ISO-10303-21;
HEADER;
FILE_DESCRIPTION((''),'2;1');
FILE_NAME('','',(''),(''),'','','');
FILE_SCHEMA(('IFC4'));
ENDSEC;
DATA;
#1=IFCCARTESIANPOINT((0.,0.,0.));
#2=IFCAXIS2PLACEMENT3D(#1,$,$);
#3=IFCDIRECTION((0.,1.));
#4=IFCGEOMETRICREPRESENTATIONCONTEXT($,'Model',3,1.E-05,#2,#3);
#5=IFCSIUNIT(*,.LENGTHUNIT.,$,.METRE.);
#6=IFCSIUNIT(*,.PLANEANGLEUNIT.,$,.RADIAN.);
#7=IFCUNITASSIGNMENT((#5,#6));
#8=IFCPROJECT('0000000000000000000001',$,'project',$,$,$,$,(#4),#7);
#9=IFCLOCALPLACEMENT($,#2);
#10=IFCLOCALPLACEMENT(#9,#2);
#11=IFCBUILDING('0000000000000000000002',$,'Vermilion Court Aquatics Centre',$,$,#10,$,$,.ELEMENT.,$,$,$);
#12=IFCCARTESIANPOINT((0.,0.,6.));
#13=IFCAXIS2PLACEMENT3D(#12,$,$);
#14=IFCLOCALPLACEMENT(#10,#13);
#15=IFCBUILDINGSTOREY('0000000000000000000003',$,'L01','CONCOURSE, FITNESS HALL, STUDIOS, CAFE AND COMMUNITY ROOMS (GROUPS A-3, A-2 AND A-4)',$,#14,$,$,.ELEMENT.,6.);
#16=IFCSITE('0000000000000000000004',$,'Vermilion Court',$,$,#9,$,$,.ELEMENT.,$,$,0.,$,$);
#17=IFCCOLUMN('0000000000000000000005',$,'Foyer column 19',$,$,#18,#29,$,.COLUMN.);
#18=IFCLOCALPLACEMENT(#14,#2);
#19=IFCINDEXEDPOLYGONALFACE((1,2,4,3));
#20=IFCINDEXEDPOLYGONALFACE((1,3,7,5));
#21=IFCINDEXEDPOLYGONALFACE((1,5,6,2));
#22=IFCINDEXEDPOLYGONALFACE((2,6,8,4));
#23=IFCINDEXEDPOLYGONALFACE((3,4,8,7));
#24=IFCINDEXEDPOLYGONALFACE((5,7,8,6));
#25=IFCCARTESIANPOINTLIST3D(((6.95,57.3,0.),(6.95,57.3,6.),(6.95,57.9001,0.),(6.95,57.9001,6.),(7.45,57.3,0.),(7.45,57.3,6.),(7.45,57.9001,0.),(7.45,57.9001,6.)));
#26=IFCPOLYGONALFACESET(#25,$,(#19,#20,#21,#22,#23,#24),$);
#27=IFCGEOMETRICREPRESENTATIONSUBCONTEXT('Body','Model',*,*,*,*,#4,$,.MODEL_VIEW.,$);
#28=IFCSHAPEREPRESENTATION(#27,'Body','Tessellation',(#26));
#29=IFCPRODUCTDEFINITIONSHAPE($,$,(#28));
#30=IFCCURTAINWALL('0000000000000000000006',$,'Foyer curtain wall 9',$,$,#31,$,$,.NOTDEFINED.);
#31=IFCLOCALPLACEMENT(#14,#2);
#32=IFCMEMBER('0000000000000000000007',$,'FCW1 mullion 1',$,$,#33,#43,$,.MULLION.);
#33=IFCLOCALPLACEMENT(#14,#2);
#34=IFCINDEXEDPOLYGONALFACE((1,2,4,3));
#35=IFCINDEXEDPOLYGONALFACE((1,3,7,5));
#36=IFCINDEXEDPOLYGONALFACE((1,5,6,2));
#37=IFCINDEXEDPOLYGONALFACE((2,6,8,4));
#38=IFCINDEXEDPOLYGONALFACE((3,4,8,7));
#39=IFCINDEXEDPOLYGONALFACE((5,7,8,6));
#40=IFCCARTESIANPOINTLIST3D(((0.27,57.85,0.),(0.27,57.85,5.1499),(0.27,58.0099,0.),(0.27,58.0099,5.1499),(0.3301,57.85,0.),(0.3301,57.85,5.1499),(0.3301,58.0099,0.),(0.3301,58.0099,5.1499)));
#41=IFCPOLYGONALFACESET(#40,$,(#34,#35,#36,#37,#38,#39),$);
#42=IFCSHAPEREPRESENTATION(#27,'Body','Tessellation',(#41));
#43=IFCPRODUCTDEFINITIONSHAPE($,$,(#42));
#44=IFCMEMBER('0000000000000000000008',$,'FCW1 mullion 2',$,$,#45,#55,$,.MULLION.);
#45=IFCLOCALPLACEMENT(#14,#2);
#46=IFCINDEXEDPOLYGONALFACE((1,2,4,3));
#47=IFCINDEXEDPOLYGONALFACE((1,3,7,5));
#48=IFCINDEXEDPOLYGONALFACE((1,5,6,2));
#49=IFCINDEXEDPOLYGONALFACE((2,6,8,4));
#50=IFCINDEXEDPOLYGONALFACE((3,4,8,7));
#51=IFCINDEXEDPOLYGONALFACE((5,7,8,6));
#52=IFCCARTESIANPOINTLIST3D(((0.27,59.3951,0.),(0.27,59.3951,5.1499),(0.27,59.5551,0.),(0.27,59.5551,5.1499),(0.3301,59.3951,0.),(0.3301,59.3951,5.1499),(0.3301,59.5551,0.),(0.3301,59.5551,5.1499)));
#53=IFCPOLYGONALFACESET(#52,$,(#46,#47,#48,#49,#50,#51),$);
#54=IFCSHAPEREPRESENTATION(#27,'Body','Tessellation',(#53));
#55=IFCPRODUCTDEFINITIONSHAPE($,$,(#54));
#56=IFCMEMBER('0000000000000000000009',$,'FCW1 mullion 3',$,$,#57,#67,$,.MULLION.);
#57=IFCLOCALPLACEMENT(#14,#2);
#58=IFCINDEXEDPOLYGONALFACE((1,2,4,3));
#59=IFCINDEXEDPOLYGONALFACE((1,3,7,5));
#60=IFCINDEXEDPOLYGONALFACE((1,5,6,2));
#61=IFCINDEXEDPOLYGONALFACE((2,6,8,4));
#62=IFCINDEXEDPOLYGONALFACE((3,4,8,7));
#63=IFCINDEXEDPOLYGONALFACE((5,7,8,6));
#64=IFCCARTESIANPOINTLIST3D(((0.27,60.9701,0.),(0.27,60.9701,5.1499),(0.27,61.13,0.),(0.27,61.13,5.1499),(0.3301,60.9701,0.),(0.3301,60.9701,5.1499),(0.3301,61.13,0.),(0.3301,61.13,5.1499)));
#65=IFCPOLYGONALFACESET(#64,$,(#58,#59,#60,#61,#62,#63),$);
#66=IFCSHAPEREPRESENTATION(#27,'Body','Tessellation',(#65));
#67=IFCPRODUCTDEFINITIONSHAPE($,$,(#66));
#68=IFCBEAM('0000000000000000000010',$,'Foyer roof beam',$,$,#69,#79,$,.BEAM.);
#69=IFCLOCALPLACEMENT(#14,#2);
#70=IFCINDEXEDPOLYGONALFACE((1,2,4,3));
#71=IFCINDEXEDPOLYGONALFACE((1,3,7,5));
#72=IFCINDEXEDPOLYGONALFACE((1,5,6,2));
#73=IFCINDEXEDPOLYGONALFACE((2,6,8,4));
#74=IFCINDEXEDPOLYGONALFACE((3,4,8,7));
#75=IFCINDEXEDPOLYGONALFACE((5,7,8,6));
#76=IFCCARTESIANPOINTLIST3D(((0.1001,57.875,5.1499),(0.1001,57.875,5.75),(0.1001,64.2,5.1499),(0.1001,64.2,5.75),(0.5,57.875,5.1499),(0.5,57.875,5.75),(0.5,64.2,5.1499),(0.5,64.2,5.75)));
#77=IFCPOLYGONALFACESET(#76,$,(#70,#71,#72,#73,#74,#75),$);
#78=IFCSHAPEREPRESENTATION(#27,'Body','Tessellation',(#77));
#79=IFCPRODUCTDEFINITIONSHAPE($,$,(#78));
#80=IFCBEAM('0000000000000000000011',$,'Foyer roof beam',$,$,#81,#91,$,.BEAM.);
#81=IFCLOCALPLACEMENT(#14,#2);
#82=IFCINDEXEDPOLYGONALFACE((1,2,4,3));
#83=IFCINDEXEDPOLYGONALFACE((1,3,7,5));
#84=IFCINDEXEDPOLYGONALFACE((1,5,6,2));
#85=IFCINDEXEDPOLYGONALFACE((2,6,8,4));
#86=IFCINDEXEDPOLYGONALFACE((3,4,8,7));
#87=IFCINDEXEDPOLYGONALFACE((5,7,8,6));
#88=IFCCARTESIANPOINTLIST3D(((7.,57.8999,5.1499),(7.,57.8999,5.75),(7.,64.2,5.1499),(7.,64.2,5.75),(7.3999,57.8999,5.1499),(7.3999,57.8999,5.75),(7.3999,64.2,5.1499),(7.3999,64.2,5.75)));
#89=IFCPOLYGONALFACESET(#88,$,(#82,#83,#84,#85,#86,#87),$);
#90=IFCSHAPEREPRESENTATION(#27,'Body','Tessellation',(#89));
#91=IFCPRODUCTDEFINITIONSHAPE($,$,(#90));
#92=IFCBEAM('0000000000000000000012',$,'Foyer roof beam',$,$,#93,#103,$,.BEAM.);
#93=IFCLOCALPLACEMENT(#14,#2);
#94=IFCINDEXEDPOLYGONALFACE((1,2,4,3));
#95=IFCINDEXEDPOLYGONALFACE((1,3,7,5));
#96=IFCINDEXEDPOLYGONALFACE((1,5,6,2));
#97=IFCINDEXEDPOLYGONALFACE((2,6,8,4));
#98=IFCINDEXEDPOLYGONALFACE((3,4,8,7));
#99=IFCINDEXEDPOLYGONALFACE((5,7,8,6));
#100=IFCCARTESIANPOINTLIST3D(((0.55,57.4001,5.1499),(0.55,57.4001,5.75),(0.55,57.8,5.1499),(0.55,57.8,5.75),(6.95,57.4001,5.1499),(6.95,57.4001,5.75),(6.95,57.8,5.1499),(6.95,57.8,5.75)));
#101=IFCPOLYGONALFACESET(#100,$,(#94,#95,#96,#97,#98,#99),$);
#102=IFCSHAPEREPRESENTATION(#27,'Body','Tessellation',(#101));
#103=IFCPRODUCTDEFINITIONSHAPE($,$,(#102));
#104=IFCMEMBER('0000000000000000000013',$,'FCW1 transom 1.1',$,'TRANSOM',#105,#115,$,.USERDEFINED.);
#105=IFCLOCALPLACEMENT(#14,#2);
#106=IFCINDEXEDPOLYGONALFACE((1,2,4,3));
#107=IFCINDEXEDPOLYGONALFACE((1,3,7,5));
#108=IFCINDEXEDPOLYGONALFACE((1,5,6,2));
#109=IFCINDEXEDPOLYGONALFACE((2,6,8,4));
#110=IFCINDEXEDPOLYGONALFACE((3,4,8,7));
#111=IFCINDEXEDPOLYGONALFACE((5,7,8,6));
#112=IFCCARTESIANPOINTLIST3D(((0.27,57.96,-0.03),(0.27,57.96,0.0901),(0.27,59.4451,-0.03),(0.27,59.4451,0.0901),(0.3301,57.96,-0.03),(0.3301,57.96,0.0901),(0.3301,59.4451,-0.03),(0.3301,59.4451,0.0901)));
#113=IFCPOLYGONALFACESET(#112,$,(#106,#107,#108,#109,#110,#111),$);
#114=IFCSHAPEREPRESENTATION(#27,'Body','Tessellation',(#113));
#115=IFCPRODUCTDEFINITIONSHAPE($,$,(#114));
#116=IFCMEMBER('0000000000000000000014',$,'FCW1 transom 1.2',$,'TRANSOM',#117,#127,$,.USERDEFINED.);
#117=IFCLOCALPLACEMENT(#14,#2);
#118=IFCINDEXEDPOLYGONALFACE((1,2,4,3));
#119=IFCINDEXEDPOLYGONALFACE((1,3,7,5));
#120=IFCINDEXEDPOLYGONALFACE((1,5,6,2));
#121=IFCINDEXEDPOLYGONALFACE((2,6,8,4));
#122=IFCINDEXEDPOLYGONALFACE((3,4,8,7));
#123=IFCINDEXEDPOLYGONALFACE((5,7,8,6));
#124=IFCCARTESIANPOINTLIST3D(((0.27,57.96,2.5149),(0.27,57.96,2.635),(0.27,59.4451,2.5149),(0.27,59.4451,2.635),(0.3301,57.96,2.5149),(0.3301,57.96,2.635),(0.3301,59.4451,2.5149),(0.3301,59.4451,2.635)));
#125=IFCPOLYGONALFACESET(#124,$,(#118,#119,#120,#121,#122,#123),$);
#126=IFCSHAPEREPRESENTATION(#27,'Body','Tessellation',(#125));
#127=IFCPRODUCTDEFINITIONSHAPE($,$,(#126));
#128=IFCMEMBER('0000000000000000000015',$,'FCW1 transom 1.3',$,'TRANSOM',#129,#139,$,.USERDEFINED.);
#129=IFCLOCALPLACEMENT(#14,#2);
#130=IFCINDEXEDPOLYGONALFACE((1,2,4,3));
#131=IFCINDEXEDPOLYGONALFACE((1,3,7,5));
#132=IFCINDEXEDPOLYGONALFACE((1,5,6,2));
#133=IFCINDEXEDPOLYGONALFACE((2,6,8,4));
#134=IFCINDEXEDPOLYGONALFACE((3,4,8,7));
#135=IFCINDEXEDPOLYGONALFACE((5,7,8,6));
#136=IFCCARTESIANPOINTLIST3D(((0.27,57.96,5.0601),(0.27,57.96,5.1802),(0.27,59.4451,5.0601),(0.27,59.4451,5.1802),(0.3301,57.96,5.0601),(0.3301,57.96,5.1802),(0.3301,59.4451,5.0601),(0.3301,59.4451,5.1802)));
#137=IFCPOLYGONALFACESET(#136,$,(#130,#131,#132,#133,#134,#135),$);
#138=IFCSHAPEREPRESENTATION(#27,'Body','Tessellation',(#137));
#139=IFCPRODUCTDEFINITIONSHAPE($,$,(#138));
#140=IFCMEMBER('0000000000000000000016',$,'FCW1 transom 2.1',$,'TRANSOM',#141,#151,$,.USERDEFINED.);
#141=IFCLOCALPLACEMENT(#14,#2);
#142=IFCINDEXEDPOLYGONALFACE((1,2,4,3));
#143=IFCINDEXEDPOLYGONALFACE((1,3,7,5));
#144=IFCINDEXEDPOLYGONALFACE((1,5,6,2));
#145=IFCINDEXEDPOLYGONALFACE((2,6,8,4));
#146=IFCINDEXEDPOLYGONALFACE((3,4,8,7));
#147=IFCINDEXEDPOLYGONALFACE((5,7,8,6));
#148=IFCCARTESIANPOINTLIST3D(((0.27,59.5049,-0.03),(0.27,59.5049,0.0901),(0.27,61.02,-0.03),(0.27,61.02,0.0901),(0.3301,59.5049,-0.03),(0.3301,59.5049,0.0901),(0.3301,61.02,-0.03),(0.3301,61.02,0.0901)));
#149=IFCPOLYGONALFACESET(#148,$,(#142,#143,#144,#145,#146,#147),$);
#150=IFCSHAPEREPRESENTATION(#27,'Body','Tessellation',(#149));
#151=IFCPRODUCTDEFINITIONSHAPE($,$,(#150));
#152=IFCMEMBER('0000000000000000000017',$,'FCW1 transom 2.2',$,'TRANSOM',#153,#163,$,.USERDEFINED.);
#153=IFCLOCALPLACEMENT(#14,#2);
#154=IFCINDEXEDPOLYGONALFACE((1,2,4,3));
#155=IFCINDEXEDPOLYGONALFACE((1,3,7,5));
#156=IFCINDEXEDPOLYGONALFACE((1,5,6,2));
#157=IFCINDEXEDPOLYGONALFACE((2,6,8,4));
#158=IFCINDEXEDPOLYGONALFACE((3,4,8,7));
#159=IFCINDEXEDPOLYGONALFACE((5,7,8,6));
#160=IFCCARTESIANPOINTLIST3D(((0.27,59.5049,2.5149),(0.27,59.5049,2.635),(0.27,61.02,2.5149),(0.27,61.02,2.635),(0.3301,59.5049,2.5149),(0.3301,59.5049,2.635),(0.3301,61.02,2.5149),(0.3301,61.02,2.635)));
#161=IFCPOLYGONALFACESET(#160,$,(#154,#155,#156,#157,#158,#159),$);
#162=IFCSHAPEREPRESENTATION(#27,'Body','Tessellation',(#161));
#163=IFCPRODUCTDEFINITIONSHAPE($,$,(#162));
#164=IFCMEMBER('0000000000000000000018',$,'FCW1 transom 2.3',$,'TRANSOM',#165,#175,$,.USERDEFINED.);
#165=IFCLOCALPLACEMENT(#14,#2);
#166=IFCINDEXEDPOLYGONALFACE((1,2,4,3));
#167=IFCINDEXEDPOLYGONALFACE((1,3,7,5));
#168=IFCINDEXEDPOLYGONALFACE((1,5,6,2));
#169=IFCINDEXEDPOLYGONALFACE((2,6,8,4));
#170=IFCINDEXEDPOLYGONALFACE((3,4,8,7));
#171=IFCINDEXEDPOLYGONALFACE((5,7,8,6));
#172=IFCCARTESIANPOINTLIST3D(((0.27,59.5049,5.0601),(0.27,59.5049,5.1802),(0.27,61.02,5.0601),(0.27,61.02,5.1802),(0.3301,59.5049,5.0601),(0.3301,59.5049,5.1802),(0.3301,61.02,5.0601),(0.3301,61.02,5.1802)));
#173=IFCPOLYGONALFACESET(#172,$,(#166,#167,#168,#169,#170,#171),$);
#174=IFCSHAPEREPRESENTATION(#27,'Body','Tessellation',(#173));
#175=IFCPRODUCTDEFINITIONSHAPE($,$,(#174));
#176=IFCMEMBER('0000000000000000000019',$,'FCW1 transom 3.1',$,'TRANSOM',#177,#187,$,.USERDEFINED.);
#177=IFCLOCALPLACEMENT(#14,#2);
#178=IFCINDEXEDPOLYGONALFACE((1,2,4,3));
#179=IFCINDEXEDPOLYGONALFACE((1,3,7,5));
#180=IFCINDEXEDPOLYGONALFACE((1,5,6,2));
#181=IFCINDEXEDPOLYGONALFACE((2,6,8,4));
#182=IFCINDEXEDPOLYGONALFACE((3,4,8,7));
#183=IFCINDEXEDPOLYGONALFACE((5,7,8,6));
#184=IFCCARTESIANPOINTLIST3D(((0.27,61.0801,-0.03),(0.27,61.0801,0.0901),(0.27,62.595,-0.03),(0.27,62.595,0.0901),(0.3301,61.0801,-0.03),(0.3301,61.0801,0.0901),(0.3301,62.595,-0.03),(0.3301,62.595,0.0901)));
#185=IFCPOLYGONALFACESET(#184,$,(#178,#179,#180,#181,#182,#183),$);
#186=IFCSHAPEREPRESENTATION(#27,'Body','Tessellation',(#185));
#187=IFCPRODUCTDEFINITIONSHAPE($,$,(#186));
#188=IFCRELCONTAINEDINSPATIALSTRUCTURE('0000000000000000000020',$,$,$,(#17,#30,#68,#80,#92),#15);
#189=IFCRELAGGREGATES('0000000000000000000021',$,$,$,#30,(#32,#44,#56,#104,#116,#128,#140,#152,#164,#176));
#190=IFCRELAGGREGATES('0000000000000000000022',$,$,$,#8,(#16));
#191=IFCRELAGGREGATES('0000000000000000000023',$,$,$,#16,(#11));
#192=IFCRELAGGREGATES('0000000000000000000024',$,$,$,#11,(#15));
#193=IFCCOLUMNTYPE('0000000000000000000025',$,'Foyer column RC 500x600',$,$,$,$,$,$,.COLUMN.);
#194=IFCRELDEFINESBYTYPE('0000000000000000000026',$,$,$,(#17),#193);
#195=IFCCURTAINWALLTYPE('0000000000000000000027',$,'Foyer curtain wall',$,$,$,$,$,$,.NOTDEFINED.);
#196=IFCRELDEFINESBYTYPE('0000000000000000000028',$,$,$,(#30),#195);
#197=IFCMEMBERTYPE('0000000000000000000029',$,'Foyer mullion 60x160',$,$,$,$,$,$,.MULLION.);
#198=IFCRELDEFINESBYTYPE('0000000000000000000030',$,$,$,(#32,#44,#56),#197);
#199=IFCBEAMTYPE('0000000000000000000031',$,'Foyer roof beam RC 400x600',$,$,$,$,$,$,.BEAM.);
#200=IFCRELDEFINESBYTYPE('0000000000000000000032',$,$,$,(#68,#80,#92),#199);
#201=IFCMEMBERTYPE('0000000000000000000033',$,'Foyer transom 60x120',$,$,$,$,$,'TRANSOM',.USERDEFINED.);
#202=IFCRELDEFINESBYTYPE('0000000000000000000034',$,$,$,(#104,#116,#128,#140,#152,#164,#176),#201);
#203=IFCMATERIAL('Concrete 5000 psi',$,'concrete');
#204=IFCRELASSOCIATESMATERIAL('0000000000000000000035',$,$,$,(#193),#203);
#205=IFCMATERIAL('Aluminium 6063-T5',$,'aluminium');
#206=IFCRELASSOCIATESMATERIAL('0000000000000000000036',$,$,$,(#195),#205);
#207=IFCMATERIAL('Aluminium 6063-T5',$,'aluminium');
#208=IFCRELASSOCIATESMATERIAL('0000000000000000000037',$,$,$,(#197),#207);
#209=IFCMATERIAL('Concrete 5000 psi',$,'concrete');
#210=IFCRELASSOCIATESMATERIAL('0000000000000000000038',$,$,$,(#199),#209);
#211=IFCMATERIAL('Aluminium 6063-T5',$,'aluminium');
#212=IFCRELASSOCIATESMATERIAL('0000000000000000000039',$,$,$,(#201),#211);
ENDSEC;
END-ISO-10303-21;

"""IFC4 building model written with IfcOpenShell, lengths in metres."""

from ifc_helpers import new_model, si_unit, direction, frame, origin, origin_2d, place, context, subcontext, project, spatial, rectangle, extrude, material, material_profile, profile_set, type_object, element, aggregate, save


model = new_model("IFC4")

# Units and contexts
model_context = context("Model", 3, precision=1e-05, world=origin(), true_north=direction((0.0, 1.0)))
body_context = subcontext(model_context, "Body", "Model", "MODEL_VIEW")
ifc_project = project(units=[si_unit("LENGTHUNIT", "METRE"), si_unit("PLANEANGLEUNIT", "RADIAN")], contexts=[model_context])

# Site, building, storey
site_placement = place(None, origin())
site = spatial("IfcSite", under=ifc_project, at=site_placement, Name="Vermilion Court", CompositionType="ELEMENT", RefElevation=0.0)
building_placement = place(site_placement, origin())
building = spatial("IfcBuilding", under=site, at=building_placement, Name="Vermilion Court Aquatics Centre", CompositionType="ELEMENT")
storey_placement = place(building_placement, frame((0.0, 0.0, 6.0)))
storey = spatial("IfcBuildingStorey", under=building, at=storey_placement, Name="L01", Description="CONCOURSE, FITNESS HALL, STUDIOS, CAFE AND COMMUNITY ROOMS (GROUPS A-3, A-2 AND A-4)", CompositionType="ELEMENT", Elevation=6.0)

# Column
ifc_material_1 = material(Name="Concrete 5000 psi", Category="concrete")
ifc_material_profile_1 = material_profile(ifc_material_1, rectangle(XDim=0.5, YDim=0.6001, at=origin_2d()), Name="RC 500x600")
ifc_profile_set_1 = profile_set([ifc_material_profile_1], Name="Concrete 5000 psi")
column_type = type_object("IfcColumnType", Name="Foyer column RC 500x600", PredefinedType="COLUMN", material=ifc_profile_set_1)
column_placement = place(storey_placement, frame((7.2, 57.6001, 0.0), z_axis=(0.0, 0.0, 1.0), x_axis=(1.0, 0.0, 0.0)))
element("IfcColumn", 1, at=column_placement, inside=storey, type_object=column_type, Name="Foyer column 19", PredefinedType="COLUMN", context=body_context, shape_type="SweptSolid", body=[
    extrude(rectangle(XDim=0.5, YDim=0.6001, at=origin_2d()), origin(), (0.0, 0.0, 1.0), 6.0),
])

# Curtain wall, members
ifc_material_2 = material(Name="Aluminium 6063-T5", Category="aluminium")
curtain_wall_type = type_object("IfcCurtainWallType", Name="Foyer curtain wall", PredefinedType="NOTDEFINED", material=ifc_material_2)
curtain_wall_placement = place(storey_placement, origin())
curtain_wall = element("IfcCurtainWall", 2, at=curtain_wall_placement, inside=storey, type_object=curtain_wall_type, Name="Foyer curtain wall 9", PredefinedType="NOTDEFINED")
ifc_material_3 = material(Name="Aluminium 6063-T5", Category="aluminium")
ifc_material_profile_2 = material_profile(ifc_material_3, rectangle(XDim=0.0601, YDim=0.1599, at=origin_2d()), Name="Aluminium 60x160")
ifc_profile_set_2 = profile_set([ifc_material_profile_2], Name="Aluminium 6063-T5")
member_type_1 = type_object("IfcMemberType", Name="Foyer mullion 60x160", PredefinedType="MULLION", material=ifc_profile_set_2)
member_1_placement = place(storey_placement, frame((0.3, 57.9299, 0.0), z_axis=(0.0, 0.0, 1.0), x_axis=(-1.0, 0.0, 0.0)))
member_1 = element("IfcMember", 3, at=member_1_placement, type_object=member_type_1, Name="FCW1 mullion 1", PredefinedType="MULLION", context=body_context, shape_type="SweptSolid", body=[
    extrude(rectangle(XDim=0.0601, YDim=0.1599, at=origin_2d()), origin(), (0.0, 0.0, 1.0), 5.1499),
])
member_2_placement = place(storey_placement, frame((0.3, 59.4751, 0.0), z_axis=(0.0, 0.0, 1.0), x_axis=(-1.0, 0.0, 0.0)))
member_2 = element("IfcMember", 4, at=member_2_placement, type_object=member_type_1, Name="FCW1 mullion 2", PredefinedType="MULLION", context=body_context, shape_type="SweptSolid", body=[
    extrude(rectangle(XDim=0.0601, YDim=0.1599, at=origin_2d()), origin(), (0.0, 0.0, 1.0), 5.1499),
])
member_3_placement = place(storey_placement, frame((0.3, 61.05, 0.0), z_axis=(0.0, 0.0, 1.0), x_axis=(-1.0, 0.0, 0.0)))
member_3 = element("IfcMember", 5, at=member_3_placement, type_object=member_type_1, Name="FCW1 mullion 3", PredefinedType="MULLION", context=body_context, shape_type="SweptSolid", body=[
    extrude(rectangle(XDim=0.0601, YDim=0.1599, at=origin_2d()), origin(), (0.0, 0.0, 1.0), 5.1499),
])

# Beams
ifc_material_4 = material(Name="Concrete 5000 psi", Category="concrete")
ifc_material_profile_3 = material_profile(ifc_material_4, rectangle(XDim=0.3999, YDim=0.6001, at=origin_2d()), Name="RC 400x600")
ifc_profile_set_3 = profile_set([ifc_material_profile_3], Name="Concrete 5000 psi")
beam_type = type_object("IfcBeamType", Name="Foyer roof beam RC 400x600", PredefinedType="BEAM", material=ifc_profile_set_3)
beam_1_placement = place(storey_placement, frame((0.3, 57.875, 5.45), z_axis=(0.0, 1.0, 0.0), x_axis=(-1.0, 0.0, 0.0)))
element("IfcBeam", 6, at=beam_1_placement, inside=storey, type_object=beam_type, Name="Foyer roof beam", PredefinedType="BEAM", context=body_context, shape_type="SweptSolid", body=[
    extrude(rectangle(XDim=0.3999, YDim=0.6001, at=origin_2d()), origin(), (0.0, 0.0, 1.0), 6.325),
])
beam_2_placement = place(storey_placement, frame((7.2, 57.8999, 5.45), z_axis=(0.0, 1.0, 0.0), x_axis=(-1.0, 0.0, 0.0)))
element("IfcBeam", 7, at=beam_2_placement, inside=storey, type_object=beam_type, Name="Foyer roof beam", PredefinedType="BEAM", context=body_context, shape_type="SweptSolid", body=[
    extrude(rectangle(XDim=0.3999, YDim=0.6001, at=origin_2d()), origin(), (0.0, 0.0, 1.0), 6.3),
])
beam_3_placement = place(storey_placement, frame((0.55, 57.6001, 5.45), z_axis=(1.0, 0.0, 0.0), x_axis=(0.0, 1.0, 0.0)))
element("IfcBeam", 8, at=beam_3_placement, inside=storey, type_object=beam_type, Name="Foyer roof beam", PredefinedType="BEAM", context=body_context, shape_type="SweptSolid", body=[
    extrude(rectangle(XDim=0.3999, YDim=0.6001, at=origin_2d()), origin(), (0.0, 0.0, 1.0), 6.3999),
])

# Members
ifc_material_5 = material(Name="Aluminium 6063-T5", Category="aluminium")
ifc_material_profile_4 = material_profile(ifc_material_5, rectangle(XDim=0.0601, YDim=0.1201, at=origin_2d()), Name="Aluminium 60x120")
ifc_profile_set_4 = profile_set([ifc_material_profile_4], Name="Aluminium 6063-T5")
member_type_2 = type_object("IfcMemberType", Name="Foyer transom 60x120", ElementType="TRANSOM", PredefinedType="USERDEFINED", material=ifc_profile_set_4)
member_4_placement = place(storey_placement, frame((0.3, 57.96, 0.03), z_axis=(0.0, 1.0, 0.0), x_axis=(-1.0, 0.0, 0.0)))
member_4 = element("IfcMember", 9, at=member_4_placement, type_object=member_type_2, Name="FCW1 transom 1.1", ObjectType="TRANSOM", PredefinedType="USERDEFINED", context=body_context, shape_type="SweptSolid", body=[
    extrude(rectangle(XDim=0.0601, YDim=0.1201, at=origin_2d()), origin(), (0.0, 0.0, 1.0), 1.4851),
])
member_5_placement = place(storey_placement, frame((0.3, 57.96, 2.575), z_axis=(0.0, 1.0, 0.0), x_axis=(-1.0, 0.0, 0.0)))
member_5 = element("IfcMember", 10, at=member_5_placement, type_object=member_type_2, Name="FCW1 transom 1.2", ObjectType="TRANSOM", PredefinedType="USERDEFINED", context=body_context, shape_type="SweptSolid", body=[
    extrude(rectangle(XDim=0.0601, YDim=0.1201, at=origin_2d()), origin(), (0.0, 0.0, 1.0), 1.4851),
])
member_6_placement = place(storey_placement, frame((0.3, 57.96, 5.1201), z_axis=(0.0, 1.0, 0.0), x_axis=(-1.0, 0.0, 0.0)))
member_6 = element("IfcMember", 11, at=member_6_placement, type_object=member_type_2, Name="FCW1 transom 1.3", ObjectType="TRANSOM", PredefinedType="USERDEFINED", context=body_context, shape_type="SweptSolid", body=[
    extrude(rectangle(XDim=0.0601, YDim=0.1201, at=origin_2d()), origin(), (0.0, 0.0, 1.0), 1.4851),
])
member_7_placement = place(storey_placement, frame((0.3, 59.5049, 0.03), z_axis=(0.0, 1.0, 0.0), x_axis=(-1.0, 0.0, 0.0)))
member_7 = element("IfcMember", 12, at=member_7_placement, type_object=member_type_2, Name="FCW1 transom 2.1", ObjectType="TRANSOM", PredefinedType="USERDEFINED", context=body_context, shape_type="SweptSolid", body=[
    extrude(rectangle(XDim=0.0601, YDim=0.1201, at=origin_2d()), origin(), (0.0, 0.0, 1.0), 1.5151),
])
member_8_placement = place(storey_placement, frame((0.3, 59.5049, 2.575), z_axis=(0.0, 1.0, 0.0), x_axis=(-1.0, 0.0, 0.0)))
member_8 = element("IfcMember", 13, at=member_8_placement, type_object=member_type_2, Name="FCW1 transom 2.2", ObjectType="TRANSOM", PredefinedType="USERDEFINED", context=body_context, shape_type="SweptSolid", body=[
    extrude(rectangle(XDim=0.0601, YDim=0.1201, at=origin_2d()), origin(), (0.0, 0.0, 1.0), 1.5151),
])
member_9_placement = place(storey_placement, frame((0.3, 59.5049, 5.1201), z_axis=(0.0, 1.0, 0.0), x_axis=(-1.0, 0.0, 0.0)))
member_9 = element("IfcMember", 14, at=member_9_placement, type_object=member_type_2, Name="FCW1 transom 2.3", ObjectType="TRANSOM", PredefinedType="USERDEFINED", context=body_context, shape_type="SweptSolid", body=[
    extrude(rectangle(XDim=0.0601, YDim=0.1201, at=origin_2d()), origin(), (0.0, 0.0, 1.0), 1.5151),
])
member_10_placement = place(storey_placement, frame((0.3, 61.0801, 0.03), z_axis=(0.0, 1.0, 0.0), x_axis=(-1.0, 0.0, 0.0)))
member_10 = element("IfcMember", 15, at=member_10_placement, type_object=member_type_2, Name="FCW1 transom 3.1", ObjectType="TRANSOM", PredefinedType="USERDEFINED", context=body_context, shape_type="SweptSolid", body=[
    extrude(rectangle(XDim=0.0601, YDim=0.1201, at=origin_2d()), origin(), (0.0, 0.0, 1.0), 1.5149),
])

aggregate(curtain_wall, [member_1, member_2, member_3, member_4, member_5, member_6, member_7, member_8, member_9, member_10])

save(model, "model.ifc")
